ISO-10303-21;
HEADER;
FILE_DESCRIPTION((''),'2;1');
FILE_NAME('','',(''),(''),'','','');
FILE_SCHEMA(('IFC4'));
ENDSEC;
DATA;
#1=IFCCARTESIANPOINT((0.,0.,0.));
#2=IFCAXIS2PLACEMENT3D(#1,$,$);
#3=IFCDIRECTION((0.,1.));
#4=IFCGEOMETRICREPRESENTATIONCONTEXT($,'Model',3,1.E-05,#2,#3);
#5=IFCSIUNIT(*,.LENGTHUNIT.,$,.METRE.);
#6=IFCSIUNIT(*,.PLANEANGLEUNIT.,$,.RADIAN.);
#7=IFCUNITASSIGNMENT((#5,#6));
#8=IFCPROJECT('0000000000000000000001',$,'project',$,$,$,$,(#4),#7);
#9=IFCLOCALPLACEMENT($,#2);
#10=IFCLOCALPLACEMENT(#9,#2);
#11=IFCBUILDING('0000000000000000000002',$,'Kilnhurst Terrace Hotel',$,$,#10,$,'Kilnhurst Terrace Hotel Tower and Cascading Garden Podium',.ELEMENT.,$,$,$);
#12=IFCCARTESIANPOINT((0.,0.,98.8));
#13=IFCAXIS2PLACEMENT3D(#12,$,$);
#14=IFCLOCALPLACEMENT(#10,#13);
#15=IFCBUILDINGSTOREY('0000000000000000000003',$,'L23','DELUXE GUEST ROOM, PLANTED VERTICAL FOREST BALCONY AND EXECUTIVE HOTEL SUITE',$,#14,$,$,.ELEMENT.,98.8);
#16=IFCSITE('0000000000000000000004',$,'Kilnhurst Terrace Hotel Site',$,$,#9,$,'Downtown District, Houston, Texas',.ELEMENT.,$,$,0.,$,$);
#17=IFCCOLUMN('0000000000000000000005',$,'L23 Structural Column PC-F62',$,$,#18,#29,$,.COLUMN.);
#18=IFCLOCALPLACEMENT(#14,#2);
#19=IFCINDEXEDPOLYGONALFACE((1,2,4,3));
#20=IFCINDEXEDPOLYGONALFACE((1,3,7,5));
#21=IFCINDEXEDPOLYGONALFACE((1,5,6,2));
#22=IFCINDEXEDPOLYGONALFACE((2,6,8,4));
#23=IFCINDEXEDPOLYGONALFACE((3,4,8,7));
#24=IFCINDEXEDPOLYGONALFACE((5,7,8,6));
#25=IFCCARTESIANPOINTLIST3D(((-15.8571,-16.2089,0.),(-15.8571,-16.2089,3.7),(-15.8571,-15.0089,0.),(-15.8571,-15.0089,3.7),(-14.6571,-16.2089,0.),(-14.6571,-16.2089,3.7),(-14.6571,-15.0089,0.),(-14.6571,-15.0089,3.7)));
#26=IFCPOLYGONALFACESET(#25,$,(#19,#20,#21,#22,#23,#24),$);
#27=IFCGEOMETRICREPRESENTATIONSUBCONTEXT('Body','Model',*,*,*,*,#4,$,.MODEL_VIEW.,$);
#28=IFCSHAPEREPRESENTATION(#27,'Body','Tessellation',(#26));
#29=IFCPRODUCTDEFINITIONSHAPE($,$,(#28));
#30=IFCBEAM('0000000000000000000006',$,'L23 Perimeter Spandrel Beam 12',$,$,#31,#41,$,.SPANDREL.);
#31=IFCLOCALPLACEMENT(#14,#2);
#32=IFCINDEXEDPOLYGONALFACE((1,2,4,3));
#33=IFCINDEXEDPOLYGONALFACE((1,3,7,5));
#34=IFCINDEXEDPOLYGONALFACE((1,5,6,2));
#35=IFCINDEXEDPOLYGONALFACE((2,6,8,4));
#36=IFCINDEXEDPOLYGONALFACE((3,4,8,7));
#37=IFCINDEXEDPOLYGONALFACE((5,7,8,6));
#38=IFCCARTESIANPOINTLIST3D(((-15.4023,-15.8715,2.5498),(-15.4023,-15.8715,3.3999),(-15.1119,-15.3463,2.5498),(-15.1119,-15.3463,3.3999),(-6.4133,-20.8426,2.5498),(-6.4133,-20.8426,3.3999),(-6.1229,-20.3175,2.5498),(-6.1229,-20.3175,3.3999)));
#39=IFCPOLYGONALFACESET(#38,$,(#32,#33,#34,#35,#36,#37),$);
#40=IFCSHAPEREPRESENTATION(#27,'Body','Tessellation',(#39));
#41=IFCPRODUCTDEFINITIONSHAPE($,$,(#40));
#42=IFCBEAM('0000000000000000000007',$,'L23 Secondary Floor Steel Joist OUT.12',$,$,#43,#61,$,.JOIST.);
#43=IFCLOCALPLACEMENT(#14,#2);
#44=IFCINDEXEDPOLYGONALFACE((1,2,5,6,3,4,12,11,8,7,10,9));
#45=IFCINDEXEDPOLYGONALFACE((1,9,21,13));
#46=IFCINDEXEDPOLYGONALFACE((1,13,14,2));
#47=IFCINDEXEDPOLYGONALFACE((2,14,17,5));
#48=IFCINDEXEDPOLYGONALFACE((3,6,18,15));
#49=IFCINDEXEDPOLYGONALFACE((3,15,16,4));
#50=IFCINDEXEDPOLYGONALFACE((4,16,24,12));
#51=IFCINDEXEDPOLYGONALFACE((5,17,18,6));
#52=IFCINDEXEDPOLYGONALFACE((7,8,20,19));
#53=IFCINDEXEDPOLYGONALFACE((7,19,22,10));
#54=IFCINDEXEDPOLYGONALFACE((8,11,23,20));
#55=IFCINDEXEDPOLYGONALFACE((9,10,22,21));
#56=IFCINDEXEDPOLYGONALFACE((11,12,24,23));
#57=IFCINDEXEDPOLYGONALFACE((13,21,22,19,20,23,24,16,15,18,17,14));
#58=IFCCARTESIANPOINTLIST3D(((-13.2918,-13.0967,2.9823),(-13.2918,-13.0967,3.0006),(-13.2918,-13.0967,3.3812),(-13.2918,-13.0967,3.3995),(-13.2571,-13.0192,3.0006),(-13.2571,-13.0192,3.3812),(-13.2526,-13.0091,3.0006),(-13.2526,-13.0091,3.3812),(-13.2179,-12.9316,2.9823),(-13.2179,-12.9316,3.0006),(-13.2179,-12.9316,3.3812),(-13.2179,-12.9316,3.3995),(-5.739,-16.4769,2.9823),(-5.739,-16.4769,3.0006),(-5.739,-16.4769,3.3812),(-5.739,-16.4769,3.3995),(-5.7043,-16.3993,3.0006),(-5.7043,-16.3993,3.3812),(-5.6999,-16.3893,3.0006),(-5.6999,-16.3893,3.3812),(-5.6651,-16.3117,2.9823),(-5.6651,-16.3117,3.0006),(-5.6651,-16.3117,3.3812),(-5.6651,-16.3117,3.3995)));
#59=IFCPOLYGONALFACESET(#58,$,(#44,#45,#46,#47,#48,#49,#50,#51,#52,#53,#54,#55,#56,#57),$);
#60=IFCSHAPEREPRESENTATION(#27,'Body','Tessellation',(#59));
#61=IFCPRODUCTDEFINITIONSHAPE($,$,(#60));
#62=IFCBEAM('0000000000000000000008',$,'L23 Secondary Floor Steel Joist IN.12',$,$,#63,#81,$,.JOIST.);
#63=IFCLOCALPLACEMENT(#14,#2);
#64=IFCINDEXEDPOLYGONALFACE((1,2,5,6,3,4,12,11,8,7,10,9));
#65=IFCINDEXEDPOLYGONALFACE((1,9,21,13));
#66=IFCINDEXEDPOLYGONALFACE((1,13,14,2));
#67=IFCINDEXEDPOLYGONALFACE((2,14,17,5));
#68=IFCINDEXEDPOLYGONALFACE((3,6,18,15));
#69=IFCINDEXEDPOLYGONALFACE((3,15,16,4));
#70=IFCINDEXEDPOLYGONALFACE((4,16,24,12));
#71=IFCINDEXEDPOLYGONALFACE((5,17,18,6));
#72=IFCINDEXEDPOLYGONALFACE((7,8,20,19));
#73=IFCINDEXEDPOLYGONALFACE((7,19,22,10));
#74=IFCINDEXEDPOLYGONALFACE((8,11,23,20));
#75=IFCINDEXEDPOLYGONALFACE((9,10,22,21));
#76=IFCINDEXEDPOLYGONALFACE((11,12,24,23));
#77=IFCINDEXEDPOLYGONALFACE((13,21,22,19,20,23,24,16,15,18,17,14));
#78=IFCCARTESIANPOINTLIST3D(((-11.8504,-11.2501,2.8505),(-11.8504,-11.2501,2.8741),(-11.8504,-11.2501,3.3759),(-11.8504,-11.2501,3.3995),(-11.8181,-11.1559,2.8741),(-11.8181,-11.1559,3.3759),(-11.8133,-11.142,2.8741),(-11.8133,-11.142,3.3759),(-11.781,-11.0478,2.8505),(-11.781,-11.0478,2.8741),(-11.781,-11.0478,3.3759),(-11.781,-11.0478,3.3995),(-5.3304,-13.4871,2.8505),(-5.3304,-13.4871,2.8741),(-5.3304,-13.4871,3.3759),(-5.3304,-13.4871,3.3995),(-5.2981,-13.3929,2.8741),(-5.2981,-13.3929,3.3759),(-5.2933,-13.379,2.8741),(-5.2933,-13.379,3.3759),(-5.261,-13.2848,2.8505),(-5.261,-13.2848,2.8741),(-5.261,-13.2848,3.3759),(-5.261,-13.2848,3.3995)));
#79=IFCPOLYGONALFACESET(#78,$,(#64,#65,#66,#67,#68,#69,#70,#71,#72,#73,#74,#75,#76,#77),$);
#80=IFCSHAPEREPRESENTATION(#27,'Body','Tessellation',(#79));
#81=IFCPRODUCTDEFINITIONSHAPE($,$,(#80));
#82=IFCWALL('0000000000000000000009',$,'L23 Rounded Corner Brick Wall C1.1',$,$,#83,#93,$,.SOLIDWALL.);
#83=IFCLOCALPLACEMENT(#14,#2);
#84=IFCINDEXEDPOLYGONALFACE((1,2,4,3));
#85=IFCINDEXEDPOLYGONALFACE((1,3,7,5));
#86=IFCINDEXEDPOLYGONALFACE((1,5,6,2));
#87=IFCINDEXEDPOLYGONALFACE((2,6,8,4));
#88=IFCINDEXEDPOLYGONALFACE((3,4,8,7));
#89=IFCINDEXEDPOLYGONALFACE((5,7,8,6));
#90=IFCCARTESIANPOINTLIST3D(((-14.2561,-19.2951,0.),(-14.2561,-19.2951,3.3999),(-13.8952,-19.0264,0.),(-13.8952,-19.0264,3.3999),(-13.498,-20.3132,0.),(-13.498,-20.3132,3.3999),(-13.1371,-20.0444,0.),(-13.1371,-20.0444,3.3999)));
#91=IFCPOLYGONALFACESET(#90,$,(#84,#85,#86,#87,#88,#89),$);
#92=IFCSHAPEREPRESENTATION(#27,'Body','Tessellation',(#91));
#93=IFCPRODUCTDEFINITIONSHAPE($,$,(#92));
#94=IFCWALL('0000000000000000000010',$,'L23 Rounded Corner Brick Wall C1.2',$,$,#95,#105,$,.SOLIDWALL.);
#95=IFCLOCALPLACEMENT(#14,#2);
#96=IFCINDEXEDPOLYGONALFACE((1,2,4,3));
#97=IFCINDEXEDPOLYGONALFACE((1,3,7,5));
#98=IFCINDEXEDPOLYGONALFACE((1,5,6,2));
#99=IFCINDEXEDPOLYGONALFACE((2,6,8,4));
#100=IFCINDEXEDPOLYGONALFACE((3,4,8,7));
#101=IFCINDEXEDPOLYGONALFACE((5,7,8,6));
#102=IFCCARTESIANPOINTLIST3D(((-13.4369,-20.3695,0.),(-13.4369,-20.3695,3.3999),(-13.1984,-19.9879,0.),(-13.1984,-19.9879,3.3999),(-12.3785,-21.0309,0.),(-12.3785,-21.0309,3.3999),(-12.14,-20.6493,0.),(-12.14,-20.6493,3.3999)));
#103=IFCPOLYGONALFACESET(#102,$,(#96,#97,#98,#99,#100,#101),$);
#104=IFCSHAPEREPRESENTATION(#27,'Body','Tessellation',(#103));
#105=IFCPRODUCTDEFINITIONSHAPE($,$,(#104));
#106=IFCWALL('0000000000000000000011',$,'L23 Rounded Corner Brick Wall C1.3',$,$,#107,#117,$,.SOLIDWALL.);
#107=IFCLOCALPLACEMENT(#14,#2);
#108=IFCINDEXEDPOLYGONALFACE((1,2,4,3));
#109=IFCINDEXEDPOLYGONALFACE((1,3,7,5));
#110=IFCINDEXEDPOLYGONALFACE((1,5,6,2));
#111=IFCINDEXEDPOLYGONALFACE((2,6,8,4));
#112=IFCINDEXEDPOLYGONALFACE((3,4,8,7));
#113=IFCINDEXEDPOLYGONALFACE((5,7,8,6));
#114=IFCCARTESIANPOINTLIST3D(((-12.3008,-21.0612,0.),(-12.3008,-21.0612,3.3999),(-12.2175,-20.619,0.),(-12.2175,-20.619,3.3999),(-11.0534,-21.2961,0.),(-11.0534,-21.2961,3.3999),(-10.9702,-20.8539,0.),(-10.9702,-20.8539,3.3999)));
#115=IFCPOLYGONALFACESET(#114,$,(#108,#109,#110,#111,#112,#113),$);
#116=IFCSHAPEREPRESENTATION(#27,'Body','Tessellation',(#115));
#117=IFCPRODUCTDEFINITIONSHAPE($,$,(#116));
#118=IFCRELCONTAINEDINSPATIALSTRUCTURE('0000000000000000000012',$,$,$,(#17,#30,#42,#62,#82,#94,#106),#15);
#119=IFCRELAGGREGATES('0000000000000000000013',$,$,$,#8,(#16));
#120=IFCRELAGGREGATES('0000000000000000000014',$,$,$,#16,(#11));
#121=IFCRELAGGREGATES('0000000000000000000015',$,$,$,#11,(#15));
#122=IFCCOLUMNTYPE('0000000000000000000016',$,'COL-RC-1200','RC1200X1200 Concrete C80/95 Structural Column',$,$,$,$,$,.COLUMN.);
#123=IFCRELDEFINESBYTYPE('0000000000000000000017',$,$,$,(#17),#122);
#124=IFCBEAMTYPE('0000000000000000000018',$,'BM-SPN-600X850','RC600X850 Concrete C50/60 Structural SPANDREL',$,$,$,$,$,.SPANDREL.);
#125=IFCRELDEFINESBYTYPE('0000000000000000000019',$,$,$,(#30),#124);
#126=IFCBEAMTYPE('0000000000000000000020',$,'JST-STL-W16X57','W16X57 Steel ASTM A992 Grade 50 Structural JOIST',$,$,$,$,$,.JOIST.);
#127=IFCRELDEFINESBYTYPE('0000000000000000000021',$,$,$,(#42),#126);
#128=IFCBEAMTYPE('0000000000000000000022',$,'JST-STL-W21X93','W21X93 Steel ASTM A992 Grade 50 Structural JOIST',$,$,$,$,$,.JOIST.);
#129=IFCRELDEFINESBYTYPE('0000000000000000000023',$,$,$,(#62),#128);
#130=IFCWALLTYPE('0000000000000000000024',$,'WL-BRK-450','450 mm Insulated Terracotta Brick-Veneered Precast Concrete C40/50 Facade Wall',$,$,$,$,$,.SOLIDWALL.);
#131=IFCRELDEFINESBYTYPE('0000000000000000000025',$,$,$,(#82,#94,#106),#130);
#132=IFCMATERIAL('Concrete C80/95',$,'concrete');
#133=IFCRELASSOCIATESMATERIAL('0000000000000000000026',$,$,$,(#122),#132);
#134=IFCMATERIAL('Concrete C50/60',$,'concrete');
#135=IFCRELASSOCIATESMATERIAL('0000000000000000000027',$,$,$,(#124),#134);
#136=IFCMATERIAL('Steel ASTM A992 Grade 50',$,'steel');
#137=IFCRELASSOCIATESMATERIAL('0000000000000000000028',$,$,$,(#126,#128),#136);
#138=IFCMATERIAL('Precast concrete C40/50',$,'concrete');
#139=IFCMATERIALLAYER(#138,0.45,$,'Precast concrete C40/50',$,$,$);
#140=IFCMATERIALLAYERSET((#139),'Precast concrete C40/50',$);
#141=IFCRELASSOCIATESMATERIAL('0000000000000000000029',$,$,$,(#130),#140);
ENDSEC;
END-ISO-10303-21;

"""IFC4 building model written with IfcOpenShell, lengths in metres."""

from ifc_helpers import new_model, si_unit, direction, frame, frame_2d, origin, origin_2d, place, context, subcontext, project, spatial, rectangle, i_section, extrude, material, layer, layer_set, material_profile, profile_set, type_object, element, save


model = new_model("IFC4")

# Units and contexts
model_context = context("Model", 3, precision=1e-05, world=origin(), true_north=direction((0.0, 1.0)))
body_context = subcontext(model_context, "Body", "Model", "MODEL_VIEW")
ifc_project = project(units=[si_unit("LENGTHUNIT", "METRE"), si_unit("PLANEANGLEUNIT", "RADIAN")], contexts=[model_context])

# Site, building, storey
site_placement = place(None, origin())
site = spatial("IfcSite", under=ifc_project, at=site_placement, Name="Kilnhurst Terrace Hotel Site", LongName="Downtown District, Houston, Texas", CompositionType="ELEMENT", RefElevation=0.0)
building_placement = place(site_placement, origin())
building = spatial("IfcBuilding", under=site, at=building_placement, Name="Kilnhurst Terrace Hotel", LongName="Kilnhurst Terrace Hotel Tower and Cascading Garden Podium", CompositionType="ELEMENT")
storey_placement = place(building_placement, frame((0.0, 0.0, 98.8)))
storey = spatial("IfcBuildingStorey", under=building, at=storey_placement, Name="L23", Description="DELUXE GUEST ROOM, PLANTED VERTICAL FOREST BALCONY AND EXECUTIVE HOTEL SUITE", CompositionType="ELEMENT", Elevation=98.8)

# Column
ifc_material_1 = material(Name="Concrete C80/95", Category="concrete")
ifc_material_profile_1 = material_profile(ifc_material_1, rectangle(XDim=1.2, YDim=1.2, at=origin_2d()), Name="RC1200X1200")
ifc_profile_set_1 = profile_set([ifc_material_profile_1], Name="Concrete C80/95")
column_type = type_object("IfcColumnType", Name="COL-RC-1200", Description="RC1200X1200 Concrete C80/95 Structural Column", PredefinedType="COLUMN", material=ifc_profile_set_1)
column_placement = place(storey_placement, frame((-15.2571, -15.6089, 0.0), z_axis=(0.0, 0.0, 1.0), x_axis=(1.0, 0.0, 0.0)))
element("IfcColumn", 1, at=column_placement, inside=storey, type_object=column_type, Name="L23 Structural Column PC-F62", PredefinedType="COLUMN", context=body_context, shape_type="SweptSolid", body=[
    extrude(rectangle(XDim=1.2, YDim=1.2, at=origin_2d()), origin(), (0.0, 0.0, 1.0), 3.7),
])

# Beams
ifc_material_2 = material(Name="Concrete C50/60", Category="concrete")
ifc_material_profile_2 = material_profile(ifc_material_2, rectangle(XDim=0.6001, YDim=0.8501, at=origin_2d()), Name="RC600X850")
ifc_profile_set_2 = profile_set([ifc_material_profile_2], Name="Concrete C50/60")
beam_type_1 = type_object("IfcBeamType", Name="BM-SPN-600X850", Description="RC600X850 Concrete C50/60 Structural SPANDREL", PredefinedType="SPANDREL", material=ifc_profile_set_2)
beam_1_placement = place(storey_placement, frame((-15.2571, -15.6089, 2.9749), z_axis=(0.875094, -0.483953, 0.0), x_axis=(0.483953, 0.875094, 0.0)))
element("IfcBeam", 2, at=beam_1_placement, inside=storey, type_object=beam_type_1, Name="L23 Perimeter Spandrel Beam 12", PredefinedType="SPANDREL", context=body_context, shape_type="SweptSolid", body=[
    extrude(rectangle(XDim=0.6001, YDim=0.8501, at=origin_2d()), origin(), (0.0, 0.0, 1.0), 10.272),
])
ifc_material_3 = material(Name="Steel ASTM A992 Grade 50", Category="steel")
ifc_material_profile_3 = material_profile(ifc_material_3, i_section(OverallWidth=0.1809, OverallDepth=0.4172, WebThickness=0.011, FlangeThickness=0.0183, at=origin_2d()), Name="W16X57")
ifc_profile_set_3 = profile_set([ifc_material_profile_3], Name="Steel ASTM A992 Grade 50")
beam_type_2 = type_object("IfcBeamType", Name="JST-STL-W16X57", Description="W16X57 Steel ASTM A992 Grade 50 Structural JOIST", PredefinedType="JOIST", material=ifc_profile_set_3)
beam_2_placement = place(storey_placement, frame((-13.2549, -13.0142, 3.1909), z_axis=(0.912761, -0.408494, 0.0), x_axis=(0.408494, 0.912761, 0.0)))
element("IfcBeam", 3, at=beam_2_placement, inside=storey, type_object=beam_type_2, Name="L23 Secondary Floor Steel Joist OUT.12", PredefinedType="JOIST", context=body_context, shape_type="SweptSolid", body=[
    extrude(i_section(OverallWidth=0.1809, OverallDepth=0.4172, WebThickness=0.011, FlangeThickness=0.0183, at=origin_2d()), origin(), (0.0, 0.0, 1.0), 8.2747),
])
ifc_material_profile_4 = material_profile(ifc_material_3, i_section(OverallWidth=0.2139, OverallDepth=0.5491, WebThickness=0.0146, FlangeThickness=0.0237, at=origin_2d()), Name="W21X93")
ifc_profile_set_4 = profile_set([ifc_material_profile_4], Name="Steel ASTM A992 Grade 50")
beam_type_3 = type_object("IfcBeamType", Name="JST-STL-W21X93", Description="W21X93 Steel ASTM A992 Grade 50 Structural JOIST", PredefinedType="JOIST", material=ifc_profile_set_4)
beam_3_placement = place(storey_placement, frame((-11.8157, -11.1489, 3.125), z_axis=(0.945874, -0.324535, 0.0), x_axis=(0.324535, 0.945874, 0.0)))
element("IfcBeam", 4, at=beam_3_placement, inside=storey, type_object=beam_type_3, Name="L23 Secondary Floor Steel Joist IN.12", PredefinedType="JOIST", context=body_context, shape_type="SweptSolid", body=[
    extrude(i_section(OverallWidth=0.2139, OverallDepth=0.5491, WebThickness=0.0146, FlangeThickness=0.0237, at=origin_2d()), origin(), (0.0, 0.0, 1.0), 6.8931),
])

# Walls
ifc_material_4 = material(Name="Precast concrete C40/50", Category="concrete")
ifc_layer_1 = layer(ifc_material_4, 0.45, Name="Precast concrete C40/50")
ifc_layer_set_1 = layer_set([ifc_layer_1], Name="Precast concrete C40/50")
wall_type_1 = type_object("IfcWallType", Name="WL-BRK-450", Description="450 mm Insulated Terracotta Brick-Veneered Precast Concrete C40/50 Facade Wall", PredefinedType="SOLIDWALL", material=ifc_layer_set_1)
wall_1_placement = place(storey_placement, frame((-14.0757, -19.1606, 0.0), z_axis=(0.0, 0.0, 1.0), x_axis=(0.597227, -0.802073, 0.0)))
element("IfcWall", 5, at=wall_1_placement, inside=storey, type_object=wall_type_1, Name="L23 Rounded Corner Brick Wall C1.1", PredefinedType="SOLIDWALL", context=body_context, shape_type="SweptSolid", body=[
    extrude(rectangle(XDim=1.2693, YDim=0.45, at=frame_2d((0.6348, 0.0))), origin(), (0.0, 0.0, 1.0), 3.3999),
])
wall_2_placement = place(storey_placement, frame((-13.3176, -20.1787, 0.0), z_axis=(0.0, 0.0, 1.0), x_axis=(0.848031, -0.529946, 0.0)))
element("IfcWall", 6, at=wall_2_placement, inside=storey, type_object=wall_type_1, Name="L23 Rounded Corner Brick Wall C1.2", PredefinedType="SOLIDWALL", context=body_context, shape_type="SweptSolid", body=[
    extrude(rectangle(XDim=1.248, YDim=0.45, at=frame_2d((0.624, 0.0))), origin(), (0.0, 0.0, 1.0), 3.3999),
])
wall_3_placement = place(storey_placement, frame((-12.2593, -20.8401, 0.0), z_axis=(0.0, 0.0, 1.0), x_axis=(0.98273, -0.185043, 0.0)))
element("IfcWall", 7, at=wall_3_placement, inside=storey, type_object=wall_type_1, Name="L23 Rounded Corner Brick Wall C1.3", PredefinedType="SOLIDWALL", context=body_context, shape_type="SweptSolid", body=[
    extrude(rectangle(XDim=1.2693, YDim=0.45, at=frame_2d((0.6348, 0.0))), origin(), (0.0, 0.0, 1.0), 3.3999),
])

save(model, "model.ifc")
